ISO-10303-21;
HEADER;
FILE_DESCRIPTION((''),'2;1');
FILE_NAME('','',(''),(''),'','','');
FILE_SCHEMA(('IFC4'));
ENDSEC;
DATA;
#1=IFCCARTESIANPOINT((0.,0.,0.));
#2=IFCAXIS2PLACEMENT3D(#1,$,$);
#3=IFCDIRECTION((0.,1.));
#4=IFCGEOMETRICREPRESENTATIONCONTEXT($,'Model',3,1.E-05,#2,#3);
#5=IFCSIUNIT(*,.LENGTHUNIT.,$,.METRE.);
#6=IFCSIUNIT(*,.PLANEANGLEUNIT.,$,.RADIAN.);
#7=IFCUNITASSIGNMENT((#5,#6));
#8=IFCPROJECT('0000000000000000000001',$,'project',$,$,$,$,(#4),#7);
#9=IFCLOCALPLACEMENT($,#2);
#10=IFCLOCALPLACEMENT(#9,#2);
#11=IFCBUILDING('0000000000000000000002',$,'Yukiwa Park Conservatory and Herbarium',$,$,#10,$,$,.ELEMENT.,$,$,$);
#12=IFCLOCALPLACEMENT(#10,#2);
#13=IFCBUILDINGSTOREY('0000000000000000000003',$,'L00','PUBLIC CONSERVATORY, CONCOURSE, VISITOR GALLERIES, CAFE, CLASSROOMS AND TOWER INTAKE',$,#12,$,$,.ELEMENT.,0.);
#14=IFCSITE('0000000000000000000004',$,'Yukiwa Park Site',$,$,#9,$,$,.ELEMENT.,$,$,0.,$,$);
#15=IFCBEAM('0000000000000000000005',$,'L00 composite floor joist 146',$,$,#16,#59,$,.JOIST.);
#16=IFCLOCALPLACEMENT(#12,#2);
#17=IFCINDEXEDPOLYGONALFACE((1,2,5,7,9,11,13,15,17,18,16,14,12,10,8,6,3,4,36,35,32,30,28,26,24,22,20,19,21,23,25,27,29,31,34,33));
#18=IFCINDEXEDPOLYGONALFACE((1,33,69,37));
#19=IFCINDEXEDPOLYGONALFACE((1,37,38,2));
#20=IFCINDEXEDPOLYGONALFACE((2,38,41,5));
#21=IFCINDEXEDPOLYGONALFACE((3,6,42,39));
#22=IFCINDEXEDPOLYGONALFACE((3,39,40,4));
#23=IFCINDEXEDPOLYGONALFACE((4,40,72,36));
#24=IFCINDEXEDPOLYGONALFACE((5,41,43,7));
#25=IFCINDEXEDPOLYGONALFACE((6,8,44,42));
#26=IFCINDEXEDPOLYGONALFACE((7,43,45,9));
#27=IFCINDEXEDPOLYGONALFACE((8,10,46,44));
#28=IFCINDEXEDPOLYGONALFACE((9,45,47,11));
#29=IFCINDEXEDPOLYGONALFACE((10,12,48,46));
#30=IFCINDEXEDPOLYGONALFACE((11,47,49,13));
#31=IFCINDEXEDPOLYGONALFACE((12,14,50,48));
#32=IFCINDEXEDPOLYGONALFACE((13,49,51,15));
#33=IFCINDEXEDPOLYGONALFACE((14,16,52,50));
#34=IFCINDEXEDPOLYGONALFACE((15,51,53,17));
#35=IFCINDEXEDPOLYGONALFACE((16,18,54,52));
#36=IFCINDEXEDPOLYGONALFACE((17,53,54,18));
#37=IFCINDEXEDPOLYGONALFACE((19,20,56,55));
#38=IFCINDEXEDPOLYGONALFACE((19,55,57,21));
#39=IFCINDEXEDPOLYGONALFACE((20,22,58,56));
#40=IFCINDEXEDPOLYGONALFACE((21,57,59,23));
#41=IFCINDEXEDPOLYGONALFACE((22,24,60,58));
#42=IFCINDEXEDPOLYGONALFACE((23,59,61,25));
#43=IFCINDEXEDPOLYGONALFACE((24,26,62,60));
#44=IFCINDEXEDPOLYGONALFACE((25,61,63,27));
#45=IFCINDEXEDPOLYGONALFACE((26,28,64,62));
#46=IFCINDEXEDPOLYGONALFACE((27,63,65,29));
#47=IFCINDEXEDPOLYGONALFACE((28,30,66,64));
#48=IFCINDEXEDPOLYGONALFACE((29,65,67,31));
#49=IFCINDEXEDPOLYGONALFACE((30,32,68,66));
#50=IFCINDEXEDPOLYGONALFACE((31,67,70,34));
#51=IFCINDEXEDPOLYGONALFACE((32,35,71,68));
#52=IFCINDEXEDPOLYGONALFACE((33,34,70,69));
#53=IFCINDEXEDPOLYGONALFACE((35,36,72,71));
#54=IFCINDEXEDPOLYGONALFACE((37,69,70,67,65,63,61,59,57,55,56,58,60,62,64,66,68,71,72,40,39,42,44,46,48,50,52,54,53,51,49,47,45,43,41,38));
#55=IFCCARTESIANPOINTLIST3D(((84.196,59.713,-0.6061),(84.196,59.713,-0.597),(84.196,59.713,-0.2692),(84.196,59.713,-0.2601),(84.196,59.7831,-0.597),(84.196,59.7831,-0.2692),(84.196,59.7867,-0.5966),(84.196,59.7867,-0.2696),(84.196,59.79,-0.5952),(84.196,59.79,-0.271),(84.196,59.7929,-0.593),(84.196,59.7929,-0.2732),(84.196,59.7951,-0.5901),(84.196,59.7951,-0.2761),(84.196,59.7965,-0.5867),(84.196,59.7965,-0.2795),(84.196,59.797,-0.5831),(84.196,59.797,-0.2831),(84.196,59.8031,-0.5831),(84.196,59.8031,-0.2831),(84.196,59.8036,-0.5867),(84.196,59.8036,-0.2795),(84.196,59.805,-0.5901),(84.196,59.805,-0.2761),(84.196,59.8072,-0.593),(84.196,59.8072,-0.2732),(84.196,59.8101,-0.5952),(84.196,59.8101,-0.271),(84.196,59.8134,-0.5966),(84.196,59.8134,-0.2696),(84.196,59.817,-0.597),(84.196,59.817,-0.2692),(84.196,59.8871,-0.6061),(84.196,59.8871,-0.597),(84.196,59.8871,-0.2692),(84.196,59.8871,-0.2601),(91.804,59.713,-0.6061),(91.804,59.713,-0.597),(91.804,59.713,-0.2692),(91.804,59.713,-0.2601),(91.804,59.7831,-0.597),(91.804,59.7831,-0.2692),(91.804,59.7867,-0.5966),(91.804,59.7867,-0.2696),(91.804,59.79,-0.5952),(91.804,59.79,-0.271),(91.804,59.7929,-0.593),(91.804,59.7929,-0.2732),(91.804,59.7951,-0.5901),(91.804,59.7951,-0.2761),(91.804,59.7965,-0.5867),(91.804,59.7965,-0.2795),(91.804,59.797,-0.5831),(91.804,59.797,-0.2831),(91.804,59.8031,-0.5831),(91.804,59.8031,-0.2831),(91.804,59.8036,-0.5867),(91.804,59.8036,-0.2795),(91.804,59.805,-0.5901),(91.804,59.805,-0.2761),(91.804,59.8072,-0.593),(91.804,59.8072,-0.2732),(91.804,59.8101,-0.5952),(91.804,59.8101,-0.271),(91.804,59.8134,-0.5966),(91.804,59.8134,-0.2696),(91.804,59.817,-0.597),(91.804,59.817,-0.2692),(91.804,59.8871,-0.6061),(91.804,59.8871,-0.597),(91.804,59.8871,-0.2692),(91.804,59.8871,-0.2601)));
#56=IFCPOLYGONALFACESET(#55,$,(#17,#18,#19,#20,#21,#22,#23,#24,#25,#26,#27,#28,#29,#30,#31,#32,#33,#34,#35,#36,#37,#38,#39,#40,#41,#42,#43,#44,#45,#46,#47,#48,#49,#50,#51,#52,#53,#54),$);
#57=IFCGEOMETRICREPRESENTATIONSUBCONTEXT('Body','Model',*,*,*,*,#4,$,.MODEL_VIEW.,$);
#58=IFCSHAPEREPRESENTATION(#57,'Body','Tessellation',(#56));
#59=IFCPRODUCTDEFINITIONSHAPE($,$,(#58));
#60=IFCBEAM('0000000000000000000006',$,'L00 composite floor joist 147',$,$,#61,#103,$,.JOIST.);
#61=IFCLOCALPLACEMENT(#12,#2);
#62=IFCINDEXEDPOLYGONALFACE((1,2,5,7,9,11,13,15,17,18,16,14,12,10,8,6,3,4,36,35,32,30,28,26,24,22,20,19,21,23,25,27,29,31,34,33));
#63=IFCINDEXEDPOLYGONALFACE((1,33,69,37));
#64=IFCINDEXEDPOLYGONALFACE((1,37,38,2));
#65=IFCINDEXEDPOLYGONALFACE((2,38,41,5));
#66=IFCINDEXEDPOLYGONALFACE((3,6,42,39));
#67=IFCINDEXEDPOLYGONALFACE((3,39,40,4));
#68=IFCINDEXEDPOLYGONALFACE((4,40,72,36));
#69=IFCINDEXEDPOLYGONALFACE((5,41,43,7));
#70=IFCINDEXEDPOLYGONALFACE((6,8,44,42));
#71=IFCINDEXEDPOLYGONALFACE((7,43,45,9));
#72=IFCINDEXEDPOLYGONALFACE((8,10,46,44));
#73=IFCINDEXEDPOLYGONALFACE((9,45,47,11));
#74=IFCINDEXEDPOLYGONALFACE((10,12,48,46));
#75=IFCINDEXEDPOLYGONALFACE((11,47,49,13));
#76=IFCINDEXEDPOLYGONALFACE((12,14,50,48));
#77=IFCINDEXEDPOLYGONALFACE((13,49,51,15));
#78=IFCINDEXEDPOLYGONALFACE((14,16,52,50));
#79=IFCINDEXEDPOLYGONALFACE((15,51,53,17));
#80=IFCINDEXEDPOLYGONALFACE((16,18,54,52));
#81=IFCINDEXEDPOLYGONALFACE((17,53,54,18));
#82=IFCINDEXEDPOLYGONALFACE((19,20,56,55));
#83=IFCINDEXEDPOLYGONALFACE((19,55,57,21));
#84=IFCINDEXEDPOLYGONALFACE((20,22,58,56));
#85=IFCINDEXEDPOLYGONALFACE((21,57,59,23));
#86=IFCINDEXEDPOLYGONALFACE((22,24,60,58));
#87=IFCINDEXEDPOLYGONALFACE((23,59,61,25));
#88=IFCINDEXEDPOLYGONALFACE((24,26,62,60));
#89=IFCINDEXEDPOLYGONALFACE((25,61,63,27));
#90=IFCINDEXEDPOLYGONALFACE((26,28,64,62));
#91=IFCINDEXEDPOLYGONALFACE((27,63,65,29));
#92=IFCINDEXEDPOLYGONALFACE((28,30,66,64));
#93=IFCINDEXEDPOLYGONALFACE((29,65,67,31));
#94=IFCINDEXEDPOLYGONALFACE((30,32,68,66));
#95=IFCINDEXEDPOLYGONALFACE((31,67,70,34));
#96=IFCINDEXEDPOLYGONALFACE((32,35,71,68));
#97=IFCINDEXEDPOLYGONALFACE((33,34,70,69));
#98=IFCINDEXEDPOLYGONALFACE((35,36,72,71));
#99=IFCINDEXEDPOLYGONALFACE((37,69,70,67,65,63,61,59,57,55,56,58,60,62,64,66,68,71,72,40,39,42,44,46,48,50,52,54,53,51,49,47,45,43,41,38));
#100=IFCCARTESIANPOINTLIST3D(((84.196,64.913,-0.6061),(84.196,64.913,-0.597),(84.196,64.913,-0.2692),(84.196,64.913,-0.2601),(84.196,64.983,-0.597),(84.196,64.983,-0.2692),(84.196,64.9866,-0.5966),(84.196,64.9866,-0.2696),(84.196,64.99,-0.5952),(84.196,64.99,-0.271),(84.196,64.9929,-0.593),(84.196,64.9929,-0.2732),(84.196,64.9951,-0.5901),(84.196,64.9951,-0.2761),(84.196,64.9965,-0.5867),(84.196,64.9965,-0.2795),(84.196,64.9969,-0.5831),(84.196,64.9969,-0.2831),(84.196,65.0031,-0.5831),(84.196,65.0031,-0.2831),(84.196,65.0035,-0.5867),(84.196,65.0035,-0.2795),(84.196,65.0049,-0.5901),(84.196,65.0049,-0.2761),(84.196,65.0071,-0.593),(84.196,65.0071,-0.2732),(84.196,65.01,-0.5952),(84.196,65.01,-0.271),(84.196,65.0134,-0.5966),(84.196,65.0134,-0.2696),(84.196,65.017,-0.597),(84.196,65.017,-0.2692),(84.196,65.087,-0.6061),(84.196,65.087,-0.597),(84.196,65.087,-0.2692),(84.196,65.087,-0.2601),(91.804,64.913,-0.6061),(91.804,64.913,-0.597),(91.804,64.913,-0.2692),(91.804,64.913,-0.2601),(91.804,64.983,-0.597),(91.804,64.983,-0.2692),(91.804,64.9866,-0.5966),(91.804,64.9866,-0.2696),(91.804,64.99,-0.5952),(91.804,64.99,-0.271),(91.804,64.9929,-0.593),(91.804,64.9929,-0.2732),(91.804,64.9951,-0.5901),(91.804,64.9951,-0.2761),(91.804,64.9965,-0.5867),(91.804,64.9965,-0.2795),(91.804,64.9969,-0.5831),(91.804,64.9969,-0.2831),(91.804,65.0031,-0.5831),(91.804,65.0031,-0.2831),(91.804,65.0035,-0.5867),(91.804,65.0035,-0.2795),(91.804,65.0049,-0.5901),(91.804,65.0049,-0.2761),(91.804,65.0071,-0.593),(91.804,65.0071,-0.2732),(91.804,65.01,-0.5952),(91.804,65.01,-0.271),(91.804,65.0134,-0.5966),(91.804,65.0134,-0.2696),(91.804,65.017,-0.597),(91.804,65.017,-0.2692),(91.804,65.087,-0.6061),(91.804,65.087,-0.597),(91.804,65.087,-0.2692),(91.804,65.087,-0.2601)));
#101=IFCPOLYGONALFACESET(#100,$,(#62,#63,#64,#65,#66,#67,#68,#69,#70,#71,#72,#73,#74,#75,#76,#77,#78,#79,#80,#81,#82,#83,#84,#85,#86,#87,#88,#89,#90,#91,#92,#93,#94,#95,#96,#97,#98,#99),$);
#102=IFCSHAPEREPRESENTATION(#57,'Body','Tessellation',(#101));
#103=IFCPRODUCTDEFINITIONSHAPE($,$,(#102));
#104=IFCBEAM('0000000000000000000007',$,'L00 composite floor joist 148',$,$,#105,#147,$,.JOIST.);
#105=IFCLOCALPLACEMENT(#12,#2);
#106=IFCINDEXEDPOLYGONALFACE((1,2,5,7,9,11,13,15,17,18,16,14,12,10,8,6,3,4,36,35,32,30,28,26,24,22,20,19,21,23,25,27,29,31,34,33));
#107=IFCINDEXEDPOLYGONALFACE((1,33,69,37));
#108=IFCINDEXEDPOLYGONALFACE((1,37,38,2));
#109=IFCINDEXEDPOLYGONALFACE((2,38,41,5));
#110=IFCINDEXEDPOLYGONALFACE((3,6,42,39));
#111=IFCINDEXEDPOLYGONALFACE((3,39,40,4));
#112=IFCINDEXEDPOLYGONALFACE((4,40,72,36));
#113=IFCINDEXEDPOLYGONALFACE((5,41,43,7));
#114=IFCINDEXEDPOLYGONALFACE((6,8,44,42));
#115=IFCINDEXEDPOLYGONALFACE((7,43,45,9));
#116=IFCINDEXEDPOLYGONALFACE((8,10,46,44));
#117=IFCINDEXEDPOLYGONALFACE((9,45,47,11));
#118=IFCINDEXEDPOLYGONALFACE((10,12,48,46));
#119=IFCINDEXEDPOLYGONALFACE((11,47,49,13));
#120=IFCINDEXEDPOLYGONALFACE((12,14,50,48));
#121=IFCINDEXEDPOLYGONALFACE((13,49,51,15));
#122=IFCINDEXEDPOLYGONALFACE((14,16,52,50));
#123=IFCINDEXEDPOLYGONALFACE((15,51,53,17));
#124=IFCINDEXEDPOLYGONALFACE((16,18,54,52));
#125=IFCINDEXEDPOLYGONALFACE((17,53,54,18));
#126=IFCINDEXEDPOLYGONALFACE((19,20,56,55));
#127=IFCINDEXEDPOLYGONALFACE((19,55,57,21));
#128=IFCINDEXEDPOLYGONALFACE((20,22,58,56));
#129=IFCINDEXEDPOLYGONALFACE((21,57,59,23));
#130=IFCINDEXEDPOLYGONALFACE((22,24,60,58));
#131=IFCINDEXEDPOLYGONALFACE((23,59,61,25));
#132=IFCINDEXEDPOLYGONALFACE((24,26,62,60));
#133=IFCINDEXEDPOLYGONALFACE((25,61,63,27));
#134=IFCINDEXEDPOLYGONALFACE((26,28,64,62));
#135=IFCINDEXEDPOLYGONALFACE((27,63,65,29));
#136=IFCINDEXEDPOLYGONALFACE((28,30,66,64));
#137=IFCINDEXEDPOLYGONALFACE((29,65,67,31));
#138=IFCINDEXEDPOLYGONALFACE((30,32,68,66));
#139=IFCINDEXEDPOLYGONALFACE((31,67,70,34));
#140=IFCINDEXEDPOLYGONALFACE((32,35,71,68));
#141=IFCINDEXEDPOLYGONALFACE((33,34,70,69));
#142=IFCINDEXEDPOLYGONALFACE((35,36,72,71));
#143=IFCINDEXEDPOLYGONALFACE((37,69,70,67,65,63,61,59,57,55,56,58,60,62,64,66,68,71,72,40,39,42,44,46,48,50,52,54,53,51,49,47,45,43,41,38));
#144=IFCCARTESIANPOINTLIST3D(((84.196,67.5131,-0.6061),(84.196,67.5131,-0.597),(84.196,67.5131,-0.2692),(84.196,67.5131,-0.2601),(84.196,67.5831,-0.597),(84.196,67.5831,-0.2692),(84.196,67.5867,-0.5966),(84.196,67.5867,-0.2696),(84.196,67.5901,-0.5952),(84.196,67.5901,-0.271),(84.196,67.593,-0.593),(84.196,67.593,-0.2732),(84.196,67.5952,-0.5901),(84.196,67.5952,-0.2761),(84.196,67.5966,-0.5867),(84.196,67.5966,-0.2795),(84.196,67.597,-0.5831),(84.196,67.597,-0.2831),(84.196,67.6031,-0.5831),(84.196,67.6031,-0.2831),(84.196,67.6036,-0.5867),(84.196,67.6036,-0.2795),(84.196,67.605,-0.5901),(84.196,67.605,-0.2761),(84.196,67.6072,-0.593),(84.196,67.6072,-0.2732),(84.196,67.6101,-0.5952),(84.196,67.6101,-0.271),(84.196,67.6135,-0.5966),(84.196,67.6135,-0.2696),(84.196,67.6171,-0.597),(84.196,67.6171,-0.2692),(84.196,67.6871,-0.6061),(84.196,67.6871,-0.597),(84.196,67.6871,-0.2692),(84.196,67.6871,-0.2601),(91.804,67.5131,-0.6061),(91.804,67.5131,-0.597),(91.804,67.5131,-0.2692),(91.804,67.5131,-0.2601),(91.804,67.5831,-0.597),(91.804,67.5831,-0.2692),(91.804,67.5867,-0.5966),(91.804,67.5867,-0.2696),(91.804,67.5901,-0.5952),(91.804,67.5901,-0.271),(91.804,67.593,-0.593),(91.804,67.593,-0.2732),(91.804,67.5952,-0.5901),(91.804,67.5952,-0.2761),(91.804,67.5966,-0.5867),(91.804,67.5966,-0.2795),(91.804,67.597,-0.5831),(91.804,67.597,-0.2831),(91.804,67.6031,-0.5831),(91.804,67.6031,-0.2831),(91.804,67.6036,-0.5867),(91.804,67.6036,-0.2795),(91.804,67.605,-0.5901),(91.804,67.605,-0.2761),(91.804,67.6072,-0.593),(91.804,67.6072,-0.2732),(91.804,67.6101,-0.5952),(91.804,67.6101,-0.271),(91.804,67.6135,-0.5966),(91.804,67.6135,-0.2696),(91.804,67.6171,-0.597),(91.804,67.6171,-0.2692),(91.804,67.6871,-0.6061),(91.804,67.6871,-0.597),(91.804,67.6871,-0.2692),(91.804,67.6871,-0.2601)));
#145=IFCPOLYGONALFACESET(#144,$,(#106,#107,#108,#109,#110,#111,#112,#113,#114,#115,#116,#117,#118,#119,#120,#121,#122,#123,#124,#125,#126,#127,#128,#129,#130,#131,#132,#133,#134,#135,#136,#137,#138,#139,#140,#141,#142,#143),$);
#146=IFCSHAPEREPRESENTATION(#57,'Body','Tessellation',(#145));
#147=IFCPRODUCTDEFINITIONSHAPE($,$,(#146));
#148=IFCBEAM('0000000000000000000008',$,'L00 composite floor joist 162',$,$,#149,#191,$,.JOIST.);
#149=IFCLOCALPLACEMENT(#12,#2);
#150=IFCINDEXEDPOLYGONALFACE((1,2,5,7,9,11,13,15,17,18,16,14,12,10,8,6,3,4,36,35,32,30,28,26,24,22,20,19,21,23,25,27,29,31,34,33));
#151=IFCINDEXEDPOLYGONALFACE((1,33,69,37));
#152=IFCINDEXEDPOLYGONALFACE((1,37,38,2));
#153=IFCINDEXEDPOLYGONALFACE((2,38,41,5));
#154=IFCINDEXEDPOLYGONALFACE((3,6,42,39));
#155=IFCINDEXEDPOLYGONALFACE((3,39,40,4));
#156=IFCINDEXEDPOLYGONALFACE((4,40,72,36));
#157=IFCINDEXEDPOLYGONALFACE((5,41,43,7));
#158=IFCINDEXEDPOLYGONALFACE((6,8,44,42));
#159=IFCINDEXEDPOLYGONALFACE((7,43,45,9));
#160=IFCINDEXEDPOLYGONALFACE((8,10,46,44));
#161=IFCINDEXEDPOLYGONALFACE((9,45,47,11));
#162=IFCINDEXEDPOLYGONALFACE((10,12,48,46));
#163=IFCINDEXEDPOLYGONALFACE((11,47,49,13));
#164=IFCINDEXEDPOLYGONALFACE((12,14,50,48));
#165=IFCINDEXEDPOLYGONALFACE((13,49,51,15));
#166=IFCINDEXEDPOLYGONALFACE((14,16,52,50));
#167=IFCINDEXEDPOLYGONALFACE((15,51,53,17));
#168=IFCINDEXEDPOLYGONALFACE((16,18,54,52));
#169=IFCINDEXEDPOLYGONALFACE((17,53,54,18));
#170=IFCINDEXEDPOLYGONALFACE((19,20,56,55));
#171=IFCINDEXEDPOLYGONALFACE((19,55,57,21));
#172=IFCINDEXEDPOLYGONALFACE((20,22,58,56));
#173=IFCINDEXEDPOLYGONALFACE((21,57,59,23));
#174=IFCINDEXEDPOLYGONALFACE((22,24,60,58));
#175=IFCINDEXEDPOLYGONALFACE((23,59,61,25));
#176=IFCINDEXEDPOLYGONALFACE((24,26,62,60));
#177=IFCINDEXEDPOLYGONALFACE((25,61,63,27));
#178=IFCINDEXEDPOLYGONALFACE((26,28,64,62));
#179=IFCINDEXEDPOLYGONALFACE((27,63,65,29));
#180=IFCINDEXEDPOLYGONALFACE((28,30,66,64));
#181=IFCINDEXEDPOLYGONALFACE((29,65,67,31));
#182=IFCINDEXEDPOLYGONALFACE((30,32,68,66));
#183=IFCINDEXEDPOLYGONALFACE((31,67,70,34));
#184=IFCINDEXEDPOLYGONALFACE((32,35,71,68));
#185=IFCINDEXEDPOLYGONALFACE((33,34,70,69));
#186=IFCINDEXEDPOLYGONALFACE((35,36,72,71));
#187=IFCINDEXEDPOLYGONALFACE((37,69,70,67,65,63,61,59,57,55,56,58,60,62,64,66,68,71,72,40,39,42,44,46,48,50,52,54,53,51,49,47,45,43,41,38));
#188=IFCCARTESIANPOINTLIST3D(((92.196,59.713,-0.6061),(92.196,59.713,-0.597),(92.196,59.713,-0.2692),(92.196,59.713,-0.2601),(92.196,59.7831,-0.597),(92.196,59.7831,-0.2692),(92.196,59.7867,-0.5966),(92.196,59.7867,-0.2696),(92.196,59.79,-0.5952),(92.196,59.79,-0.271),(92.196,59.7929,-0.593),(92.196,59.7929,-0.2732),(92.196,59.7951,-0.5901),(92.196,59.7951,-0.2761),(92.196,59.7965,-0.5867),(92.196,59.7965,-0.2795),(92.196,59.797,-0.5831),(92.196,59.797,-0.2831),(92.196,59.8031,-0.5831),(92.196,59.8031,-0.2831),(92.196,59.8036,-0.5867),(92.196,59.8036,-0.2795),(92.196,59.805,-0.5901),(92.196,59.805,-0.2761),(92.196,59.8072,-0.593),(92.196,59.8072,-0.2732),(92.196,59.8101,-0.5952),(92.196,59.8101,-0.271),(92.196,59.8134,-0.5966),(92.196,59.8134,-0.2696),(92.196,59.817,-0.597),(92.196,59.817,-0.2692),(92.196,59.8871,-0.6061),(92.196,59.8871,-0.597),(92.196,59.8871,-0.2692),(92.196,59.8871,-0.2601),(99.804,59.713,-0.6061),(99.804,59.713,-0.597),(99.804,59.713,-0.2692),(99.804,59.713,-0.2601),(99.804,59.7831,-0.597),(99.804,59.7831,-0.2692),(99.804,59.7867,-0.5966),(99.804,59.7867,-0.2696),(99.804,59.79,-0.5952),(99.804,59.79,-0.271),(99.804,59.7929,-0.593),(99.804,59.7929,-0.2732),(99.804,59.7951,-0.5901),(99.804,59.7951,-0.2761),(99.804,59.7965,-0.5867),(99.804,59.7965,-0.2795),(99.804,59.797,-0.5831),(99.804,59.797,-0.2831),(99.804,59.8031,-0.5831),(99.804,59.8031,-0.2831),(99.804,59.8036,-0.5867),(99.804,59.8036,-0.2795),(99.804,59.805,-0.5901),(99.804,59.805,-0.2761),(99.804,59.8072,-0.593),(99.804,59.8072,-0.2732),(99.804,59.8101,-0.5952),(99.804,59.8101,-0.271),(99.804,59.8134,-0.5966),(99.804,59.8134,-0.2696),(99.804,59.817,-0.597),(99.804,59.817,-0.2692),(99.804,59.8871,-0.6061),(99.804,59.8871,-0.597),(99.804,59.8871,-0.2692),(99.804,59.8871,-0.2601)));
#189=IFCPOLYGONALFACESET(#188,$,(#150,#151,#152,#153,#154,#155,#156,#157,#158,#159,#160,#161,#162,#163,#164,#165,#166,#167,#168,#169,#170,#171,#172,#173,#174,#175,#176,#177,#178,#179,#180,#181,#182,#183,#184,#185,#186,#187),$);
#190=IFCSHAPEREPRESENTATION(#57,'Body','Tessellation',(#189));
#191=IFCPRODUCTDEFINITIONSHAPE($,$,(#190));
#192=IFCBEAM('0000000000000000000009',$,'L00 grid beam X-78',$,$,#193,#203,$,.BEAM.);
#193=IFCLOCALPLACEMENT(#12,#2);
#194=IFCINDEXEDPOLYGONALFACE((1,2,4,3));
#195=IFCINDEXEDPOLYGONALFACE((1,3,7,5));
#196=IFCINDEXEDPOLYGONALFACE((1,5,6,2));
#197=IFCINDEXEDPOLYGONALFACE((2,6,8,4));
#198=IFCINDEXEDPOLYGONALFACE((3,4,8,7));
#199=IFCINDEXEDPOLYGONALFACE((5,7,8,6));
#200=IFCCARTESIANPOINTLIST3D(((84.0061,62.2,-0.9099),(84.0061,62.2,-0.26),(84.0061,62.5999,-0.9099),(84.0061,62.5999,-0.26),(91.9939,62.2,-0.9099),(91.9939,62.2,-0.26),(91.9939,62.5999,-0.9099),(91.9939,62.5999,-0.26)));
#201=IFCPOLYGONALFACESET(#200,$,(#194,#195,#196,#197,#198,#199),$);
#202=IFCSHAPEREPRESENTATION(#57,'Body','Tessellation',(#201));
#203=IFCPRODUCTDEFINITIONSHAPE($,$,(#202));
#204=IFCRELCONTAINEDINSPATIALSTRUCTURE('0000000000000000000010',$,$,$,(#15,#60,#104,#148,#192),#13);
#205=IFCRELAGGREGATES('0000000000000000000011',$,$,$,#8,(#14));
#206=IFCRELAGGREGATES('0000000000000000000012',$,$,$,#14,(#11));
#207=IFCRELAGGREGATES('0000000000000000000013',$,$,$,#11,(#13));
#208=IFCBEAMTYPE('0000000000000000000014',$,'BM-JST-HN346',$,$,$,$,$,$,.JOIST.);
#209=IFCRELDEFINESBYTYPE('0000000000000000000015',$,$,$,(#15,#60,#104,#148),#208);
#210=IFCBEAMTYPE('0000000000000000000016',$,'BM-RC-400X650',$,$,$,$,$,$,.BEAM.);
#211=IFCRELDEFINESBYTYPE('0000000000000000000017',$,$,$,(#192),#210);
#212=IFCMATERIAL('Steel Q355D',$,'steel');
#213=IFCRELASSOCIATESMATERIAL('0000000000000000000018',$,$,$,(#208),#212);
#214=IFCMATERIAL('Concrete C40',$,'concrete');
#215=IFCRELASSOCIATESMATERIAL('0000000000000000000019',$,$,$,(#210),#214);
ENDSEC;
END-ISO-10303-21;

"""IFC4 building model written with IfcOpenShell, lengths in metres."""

from ifc_helpers import new_model, si_unit, direction, frame, origin, origin_2d, place, context, subcontext, project, spatial, rectangle, i_section, extrude, material, material_profile, profile_set, type_object, element, save


model = new_model("IFC4")

# Units and contexts
model_context = context("Model", 3, precision=1e-05, world=origin(), true_north=direction((0.0, 1.0)))
body_context = subcontext(model_context, "Body", "Model", "MODEL_VIEW")
ifc_project = project(units=[si_unit("LENGTHUNIT", "METRE"), si_unit("PLANEANGLEUNIT", "RADIAN")], contexts=[model_context])

# Site, building, storey
site_placement = place(None, origin())
site = spatial("IfcSite", under=ifc_project, at=site_placement, Name="Yukiwa Park Site", CompositionType="ELEMENT", RefElevation=0.0)
building_placement = place(site_placement, origin())
building = spatial("IfcBuilding", under=site, at=building_placement, Name="Yukiwa Park Conservatory and Herbarium", CompositionType="ELEMENT")
storey_placement = place(building_placement, origin())
storey = spatial("IfcBuildingStorey", under=building, at=storey_placement, Name="L00", Description="PUBLIC CONSERVATORY, CONCOURSE, VISITOR GALLERIES, CAFE, CLASSROOMS AND TOWER INTAKE", CompositionType="ELEMENT", Elevation=0.0)

# Beams
ifc_material_1 = material(Name="Steel Q355D", Category="steel")
ifc_material_profile_1 = material_profile(ifc_material_1, i_section(OverallWidth=0.1741, OverallDepth=0.3459, WebThickness=0.0061, FlangeThickness=0.009, FilletRadius=0.0139, at=origin_2d()), Name="HN 346x174x6x9")
ifc_profile_set_1 = profile_set([ifc_material_profile_1], Name="Steel Q355D")
beam_type_1 = type_object("IfcBeamType", Name="BM-JST-HN346", PredefinedType="JOIST", material=ifc_profile_set_1)
for number, where, z_axis, x_axis, name in (
    (1, (84.196, 59.8, -0.4331), (1.0, 0.0, 0.0), (0.0, 1.0, 0.0), "L00 composite floor joist 146"),
    (2, (84.196, 65.0, -0.4331), (1.0, 0.0, 0.0), (0.0, 1.0, 0.0), "L00 composite floor joist 147"),
    (3, (84.196, 67.6001, -0.4331), (1.0, 0.0, 0.0), (0.0, 1.0, 0.0), "L00 composite floor joist 148"),
    (4, (92.196, 59.8, -0.4331), (1.0, 0.0, 0.0), (0.0, 1.0, 0.0), "L00 composite floor joist 162"),
):
    element("IfcBeam", number, at=place(storey_placement, frame(where, z_axis=z_axis, x_axis=x_axis)), inside=storey, type_object=beam_type_1, Name=name, PredefinedType="JOIST", context=body_context, shape_type="SweptSolid", body=[
        extrude(i_section(OverallWidth=0.1741, OverallDepth=0.3459, WebThickness=0.0061, FlangeThickness=0.009, FilletRadius=0.0139, at=origin_2d()), origin(), (0.0, 0.0, 1.0), 7.6079),
    ])
ifc_material_2 = material(Name="Concrete C40", Category="concrete")
ifc_material_profile_2 = material_profile(ifc_material_2, rectangle(XDim=0.3999, YDim=0.6499, at=origin_2d()), Name="RC 400x650")
ifc_profile_set_2 = profile_set([ifc_material_profile_2], Name="Concrete C40")
beam_type_2 = type_object("IfcBeamType", Name="BM-RC-400X650", PredefinedType="BEAM", material=ifc_profile_set_2)
for number, where, z_axis, x_axis, name in (
    (5, (84.0061, 62.3999, -0.585), (1.0, 0.0, 0.0), (0.0, 1.0, 0.0), "L00 grid beam X-78"),
):
    element("IfcBeam", number, at=place(storey_placement, frame(where, z_axis=z_axis, x_axis=x_axis)), inside=storey, type_object=beam_type_2, Name=name, PredefinedType="BEAM", context=body_context, shape_type="SweptSolid", body=[
        extrude(rectangle(XDim=0.3999, YDim=0.6499, at=origin_2d()), origin(), (0.0, 0.0, 1.0), 7.9878),
    ])

save(model, "model.ifc")
